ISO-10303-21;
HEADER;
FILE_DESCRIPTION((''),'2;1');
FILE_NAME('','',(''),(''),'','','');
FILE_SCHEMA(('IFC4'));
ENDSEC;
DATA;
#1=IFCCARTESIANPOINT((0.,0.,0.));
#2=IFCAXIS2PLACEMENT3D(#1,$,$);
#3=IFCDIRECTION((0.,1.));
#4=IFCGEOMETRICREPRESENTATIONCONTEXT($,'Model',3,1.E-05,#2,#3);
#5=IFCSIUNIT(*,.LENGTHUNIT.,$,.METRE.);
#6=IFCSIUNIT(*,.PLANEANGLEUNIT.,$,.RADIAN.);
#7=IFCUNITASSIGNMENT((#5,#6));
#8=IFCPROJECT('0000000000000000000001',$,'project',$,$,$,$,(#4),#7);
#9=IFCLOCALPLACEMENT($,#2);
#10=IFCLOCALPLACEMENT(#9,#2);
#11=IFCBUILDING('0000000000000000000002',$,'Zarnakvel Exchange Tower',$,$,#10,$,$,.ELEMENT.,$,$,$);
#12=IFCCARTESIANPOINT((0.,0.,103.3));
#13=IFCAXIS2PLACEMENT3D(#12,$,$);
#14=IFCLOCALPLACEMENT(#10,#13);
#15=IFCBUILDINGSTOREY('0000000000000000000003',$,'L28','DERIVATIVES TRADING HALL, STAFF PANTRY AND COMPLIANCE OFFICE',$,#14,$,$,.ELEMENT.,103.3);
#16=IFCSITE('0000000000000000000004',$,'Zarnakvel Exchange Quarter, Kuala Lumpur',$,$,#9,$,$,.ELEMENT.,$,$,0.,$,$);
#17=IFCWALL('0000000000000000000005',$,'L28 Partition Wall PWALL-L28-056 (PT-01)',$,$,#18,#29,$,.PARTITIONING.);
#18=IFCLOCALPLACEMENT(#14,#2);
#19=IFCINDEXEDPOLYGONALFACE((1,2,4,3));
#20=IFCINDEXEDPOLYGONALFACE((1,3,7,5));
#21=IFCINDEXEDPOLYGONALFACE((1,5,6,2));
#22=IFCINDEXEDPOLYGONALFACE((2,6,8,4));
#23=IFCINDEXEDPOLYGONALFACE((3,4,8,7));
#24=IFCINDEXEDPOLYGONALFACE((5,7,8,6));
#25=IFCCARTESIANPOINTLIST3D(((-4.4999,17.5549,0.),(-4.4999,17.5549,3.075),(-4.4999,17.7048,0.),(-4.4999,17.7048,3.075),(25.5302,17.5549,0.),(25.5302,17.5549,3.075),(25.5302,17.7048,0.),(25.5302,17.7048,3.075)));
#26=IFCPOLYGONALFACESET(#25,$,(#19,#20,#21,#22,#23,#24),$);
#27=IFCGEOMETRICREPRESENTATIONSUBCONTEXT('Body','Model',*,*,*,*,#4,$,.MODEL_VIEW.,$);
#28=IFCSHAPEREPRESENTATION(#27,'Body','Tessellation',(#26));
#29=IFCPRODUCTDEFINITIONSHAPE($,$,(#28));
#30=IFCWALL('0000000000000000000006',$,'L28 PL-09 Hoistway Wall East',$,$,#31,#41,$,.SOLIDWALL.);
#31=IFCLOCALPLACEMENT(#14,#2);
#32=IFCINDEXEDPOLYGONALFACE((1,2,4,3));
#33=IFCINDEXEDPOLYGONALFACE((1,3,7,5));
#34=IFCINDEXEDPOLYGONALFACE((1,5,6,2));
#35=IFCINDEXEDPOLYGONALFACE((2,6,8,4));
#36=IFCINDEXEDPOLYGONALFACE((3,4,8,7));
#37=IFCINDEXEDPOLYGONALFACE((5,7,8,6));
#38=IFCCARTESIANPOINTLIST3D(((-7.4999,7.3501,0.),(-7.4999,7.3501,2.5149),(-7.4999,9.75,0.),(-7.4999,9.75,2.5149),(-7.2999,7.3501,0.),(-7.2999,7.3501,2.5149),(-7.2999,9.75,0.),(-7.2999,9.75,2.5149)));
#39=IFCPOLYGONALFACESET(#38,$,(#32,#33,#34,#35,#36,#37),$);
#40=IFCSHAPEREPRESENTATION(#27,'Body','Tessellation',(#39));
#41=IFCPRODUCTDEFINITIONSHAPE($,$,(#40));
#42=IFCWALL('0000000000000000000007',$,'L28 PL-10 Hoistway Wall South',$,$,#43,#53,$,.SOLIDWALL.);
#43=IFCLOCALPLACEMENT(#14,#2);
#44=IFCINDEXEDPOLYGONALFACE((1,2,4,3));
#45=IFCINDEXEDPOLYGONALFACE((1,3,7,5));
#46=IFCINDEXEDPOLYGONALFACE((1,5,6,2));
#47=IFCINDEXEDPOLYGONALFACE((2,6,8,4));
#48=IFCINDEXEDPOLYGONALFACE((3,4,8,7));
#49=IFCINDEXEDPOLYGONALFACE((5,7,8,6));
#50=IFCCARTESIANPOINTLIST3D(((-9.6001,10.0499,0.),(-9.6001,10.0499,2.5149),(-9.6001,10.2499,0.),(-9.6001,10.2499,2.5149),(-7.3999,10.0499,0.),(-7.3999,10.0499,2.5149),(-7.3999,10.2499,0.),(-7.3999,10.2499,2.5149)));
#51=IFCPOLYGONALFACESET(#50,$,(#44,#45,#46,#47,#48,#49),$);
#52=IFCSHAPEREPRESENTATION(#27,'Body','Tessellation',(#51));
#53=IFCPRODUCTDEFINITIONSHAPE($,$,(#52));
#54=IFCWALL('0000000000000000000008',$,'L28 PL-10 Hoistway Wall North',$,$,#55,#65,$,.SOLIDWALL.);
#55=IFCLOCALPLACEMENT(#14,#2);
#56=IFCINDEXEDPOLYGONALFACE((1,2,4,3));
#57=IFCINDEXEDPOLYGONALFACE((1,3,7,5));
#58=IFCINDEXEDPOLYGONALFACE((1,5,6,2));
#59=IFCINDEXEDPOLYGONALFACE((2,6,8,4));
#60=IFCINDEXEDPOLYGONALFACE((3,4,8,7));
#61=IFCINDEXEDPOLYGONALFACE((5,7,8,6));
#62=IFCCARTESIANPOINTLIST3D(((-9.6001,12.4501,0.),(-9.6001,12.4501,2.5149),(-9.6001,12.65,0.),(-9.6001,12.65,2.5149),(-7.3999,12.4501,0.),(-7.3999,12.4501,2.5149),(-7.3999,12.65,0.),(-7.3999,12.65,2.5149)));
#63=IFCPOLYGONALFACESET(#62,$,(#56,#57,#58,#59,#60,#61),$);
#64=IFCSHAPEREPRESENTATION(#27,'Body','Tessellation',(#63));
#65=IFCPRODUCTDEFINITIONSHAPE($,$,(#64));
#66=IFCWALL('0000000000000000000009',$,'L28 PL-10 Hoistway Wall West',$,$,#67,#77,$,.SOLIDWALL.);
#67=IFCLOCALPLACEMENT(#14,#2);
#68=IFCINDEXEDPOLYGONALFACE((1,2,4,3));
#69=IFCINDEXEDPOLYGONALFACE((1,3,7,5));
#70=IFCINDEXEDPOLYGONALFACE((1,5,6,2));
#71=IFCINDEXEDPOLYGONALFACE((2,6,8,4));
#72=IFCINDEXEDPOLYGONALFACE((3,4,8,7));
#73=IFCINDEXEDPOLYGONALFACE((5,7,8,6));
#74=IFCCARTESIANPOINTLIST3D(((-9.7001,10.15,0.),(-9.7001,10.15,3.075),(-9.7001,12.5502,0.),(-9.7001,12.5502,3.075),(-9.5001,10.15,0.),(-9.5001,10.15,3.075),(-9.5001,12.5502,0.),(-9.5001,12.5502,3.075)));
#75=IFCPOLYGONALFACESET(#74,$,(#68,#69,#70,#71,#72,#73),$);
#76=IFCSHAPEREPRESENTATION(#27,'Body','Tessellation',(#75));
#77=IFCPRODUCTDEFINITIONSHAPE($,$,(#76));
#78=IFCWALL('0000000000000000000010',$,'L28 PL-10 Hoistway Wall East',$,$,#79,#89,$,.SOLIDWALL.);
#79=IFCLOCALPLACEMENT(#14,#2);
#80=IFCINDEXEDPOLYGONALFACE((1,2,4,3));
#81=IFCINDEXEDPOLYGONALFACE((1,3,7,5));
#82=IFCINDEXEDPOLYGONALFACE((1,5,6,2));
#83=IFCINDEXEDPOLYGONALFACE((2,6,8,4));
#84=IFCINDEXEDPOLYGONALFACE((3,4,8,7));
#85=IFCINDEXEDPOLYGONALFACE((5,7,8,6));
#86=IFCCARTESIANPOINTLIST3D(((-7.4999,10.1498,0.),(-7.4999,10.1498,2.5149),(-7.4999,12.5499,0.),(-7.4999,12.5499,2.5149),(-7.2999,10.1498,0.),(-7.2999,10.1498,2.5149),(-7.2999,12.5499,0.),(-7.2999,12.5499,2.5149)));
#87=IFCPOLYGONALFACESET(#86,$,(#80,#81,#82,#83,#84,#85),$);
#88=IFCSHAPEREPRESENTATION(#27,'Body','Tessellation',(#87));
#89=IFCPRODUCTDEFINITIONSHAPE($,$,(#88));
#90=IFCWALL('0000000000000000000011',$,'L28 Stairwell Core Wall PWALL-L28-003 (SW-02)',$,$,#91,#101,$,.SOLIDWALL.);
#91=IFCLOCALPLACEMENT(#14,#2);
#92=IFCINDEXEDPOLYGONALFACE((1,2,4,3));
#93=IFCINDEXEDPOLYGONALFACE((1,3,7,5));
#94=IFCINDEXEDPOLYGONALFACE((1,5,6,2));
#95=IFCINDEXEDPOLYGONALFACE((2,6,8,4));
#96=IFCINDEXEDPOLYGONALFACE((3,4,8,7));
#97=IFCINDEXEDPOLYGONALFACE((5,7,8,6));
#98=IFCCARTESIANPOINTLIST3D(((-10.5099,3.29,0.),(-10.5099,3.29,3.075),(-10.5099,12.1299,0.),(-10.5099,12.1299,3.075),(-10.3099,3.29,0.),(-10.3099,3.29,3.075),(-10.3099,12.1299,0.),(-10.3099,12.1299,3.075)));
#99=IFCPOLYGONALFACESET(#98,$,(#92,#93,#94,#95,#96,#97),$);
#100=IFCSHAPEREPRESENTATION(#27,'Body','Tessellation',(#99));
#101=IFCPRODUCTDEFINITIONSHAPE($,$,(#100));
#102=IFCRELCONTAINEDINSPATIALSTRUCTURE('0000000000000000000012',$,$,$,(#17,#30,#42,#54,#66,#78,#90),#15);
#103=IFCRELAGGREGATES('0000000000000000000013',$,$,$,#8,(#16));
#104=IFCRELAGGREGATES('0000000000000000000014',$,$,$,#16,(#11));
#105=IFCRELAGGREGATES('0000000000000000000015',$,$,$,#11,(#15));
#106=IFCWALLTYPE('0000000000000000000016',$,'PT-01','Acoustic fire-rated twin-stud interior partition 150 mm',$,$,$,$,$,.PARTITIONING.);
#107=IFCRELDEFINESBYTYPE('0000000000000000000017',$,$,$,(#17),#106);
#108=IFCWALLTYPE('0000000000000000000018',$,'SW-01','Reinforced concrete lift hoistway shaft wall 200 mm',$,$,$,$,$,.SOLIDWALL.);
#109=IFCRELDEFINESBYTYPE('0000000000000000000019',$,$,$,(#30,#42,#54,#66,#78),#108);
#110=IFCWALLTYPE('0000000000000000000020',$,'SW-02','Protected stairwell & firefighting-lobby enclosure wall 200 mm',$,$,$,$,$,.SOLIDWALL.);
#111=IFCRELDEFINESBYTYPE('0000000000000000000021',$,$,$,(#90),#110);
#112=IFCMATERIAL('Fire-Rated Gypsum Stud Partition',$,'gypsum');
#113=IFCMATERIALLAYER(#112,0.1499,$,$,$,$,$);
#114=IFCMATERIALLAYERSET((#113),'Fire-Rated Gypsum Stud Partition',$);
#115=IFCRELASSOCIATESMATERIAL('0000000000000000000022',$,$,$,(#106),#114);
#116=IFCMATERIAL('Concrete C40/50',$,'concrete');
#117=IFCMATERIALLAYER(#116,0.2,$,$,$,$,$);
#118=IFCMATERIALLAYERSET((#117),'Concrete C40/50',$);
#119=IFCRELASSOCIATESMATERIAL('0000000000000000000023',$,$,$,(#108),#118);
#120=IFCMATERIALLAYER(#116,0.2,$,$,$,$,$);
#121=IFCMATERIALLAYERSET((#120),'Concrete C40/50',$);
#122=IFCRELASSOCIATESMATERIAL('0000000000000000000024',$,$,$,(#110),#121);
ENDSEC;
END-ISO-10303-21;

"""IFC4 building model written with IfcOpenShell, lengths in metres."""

from ifc_helpers import new_model, si_unit, direction, frame, frame_2d, origin, place, context, subcontext, project, spatial, rectangle, extrude, material, layer, layer_set, type_object, element, save


model = new_model("IFC4")

# Units and contexts
model_context = context("Model", 3, precision=1e-05, world=origin(), true_north=direction((0.0, 1.0)))
body_context = subcontext(model_context, "Body", "Model", "MODEL_VIEW")
ifc_project = project(units=[si_unit("LENGTHUNIT", "METRE"), si_unit("PLANEANGLEUNIT", "RADIAN")], contexts=[model_context])

# Site, building, storey
site_placement = place(None, origin())
site = spatial("IfcSite", under=ifc_project, at=site_placement, Name="Zarnakvel Exchange Quarter, Kuala Lumpur", CompositionType="ELEMENT", RefElevation=0.0)
building_placement = place(site_placement, origin())
building = spatial("IfcBuilding", under=site, at=building_placement, Name="Zarnakvel Exchange Tower", CompositionType="ELEMENT")
storey_placement = place(building_placement, frame((0.0, 0.0, 103.3)))
storey = spatial("IfcBuildingStorey", under=building, at=storey_placement, Name="L28", Description="DERIVATIVES TRADING HALL, STAFF PANTRY AND COMPLIANCE OFFICE", CompositionType="ELEMENT", Elevation=103.3)

# Walls
ifc_material_1 = material(Name="Fire-Rated Gypsum Stud Partition", Category="gypsum")
ifc_layer_1 = layer(ifc_material_1, 0.1499)
ifc_layer_set_1 = layer_set([ifc_layer_1], Name="Fire-Rated Gypsum Stud Partition")
wall_type_1 = type_object("IfcWallType", Name="PT-01", Description="Acoustic fire-rated twin-stud interior partition 150 mm", PredefinedType="PARTITIONING", material=ifc_layer_set_1)
wall_1_placement = place(storey_placement, frame((-4.5, 17.6299, 0.0), z_axis=(0.0, 0.0, 1.0), x_axis=(1.0, 0.0, 0.0)))
element("IfcWall", 1, at=wall_1_placement, inside=storey, type_object=wall_type_1, Name="L28 Partition Wall PWALL-L28-056 (PT-01)", PredefinedType="PARTITIONING", context=body_context, shape_type="SweptSolid", body=[
    extrude(rectangle(XDim=30.03, YDim=0.1499, at=frame_2d((15.0151, 0.0))), origin(), (0.0, 0.0, 1.0), 3.075),
])
ifc_material_2 = material(Name="Concrete C40/50", Category="concrete")
ifc_layer_2 = layer(ifc_material_2, 0.2)
ifc_layer_set_2 = layer_set([ifc_layer_2], Name="Concrete C40/50")
wall_type_2 = type_object("IfcWallType", Name="SW-01", Description="Reinforced concrete lift hoistway shaft wall 200 mm", PredefinedType="SOLIDWALL", material=ifc_layer_set_2)
wall_2_placement = place(storey_placement, frame((-7.3999, 9.75, 0.0), z_axis=(0.0, 0.0, 1.0), x_axis=(0.0, -1.0, 0.0)))
element("IfcWall", 2, at=wall_2_placement, inside=storey, type_object=wall_type_2, Name="L28 PL-09 Hoistway Wall East", PredefinedType="SOLIDWALL", context=body_context, shape_type="SweptSolid", body=[
    extrude(rectangle(XDim=2.3999, YDim=0.2, at=frame_2d((1.2, 0.0))), origin(), (0.0, 0.0, 1.0), 2.5149),
])
for number, where, z_axis, x_axis, name in (
    (3, (-7.3999, 10.1499, 0.0), (0.0, 0.0, 1.0), (-1.0, 0.0, 0.0), "L28 PL-10 Hoistway Wall South"),
    (4, (-9.6001, 12.55, 0.0), (0.0, 0.0, 1.0), (1.0, 0.0, 0.0), "L28 PL-10 Hoistway Wall North"),
):
    element("IfcWall", number, at=place(storey_placement, frame(where, z_axis=z_axis, x_axis=x_axis)), inside=storey, type_object=wall_type_2, Name=name, PredefinedType="SOLIDWALL", context=body_context, shape_type="SweptSolid", body=[
        extrude(rectangle(XDim=2.2002, YDim=0.2, at=frame_2d((1.1001, 0.0))), origin(), (0.0, 0.0, 1.0), 2.5149),
    ])
wall_3_placement = place(storey_placement, frame((-9.6001, 10.1499, 0.0), z_axis=(0.0, 0.0, 1.0), x_axis=(0.0, 1.0, 0.0)))
element("IfcWall", 5, at=wall_3_placement, inside=storey, type_object=wall_type_2, Name="L28 PL-10 Hoistway Wall West", PredefinedType="SOLIDWALL", context=body_context, shape_type="SweptSolid", body=[
    extrude(rectangle(XDim=2.4001, YDim=0.2, at=frame_2d((1.2002, 0.0))), origin(), (0.0, 0.0, 1.0), 3.075),
])
wall_4_placement = place(storey_placement, frame((-7.3999, 12.55, 0.0), z_axis=(0.0, 0.0, 1.0), x_axis=(0.0, -1.0, 0.0)))
element("IfcWall", 6, at=wall_4_placement, inside=storey, type_object=wall_type_2, Name="L28 PL-10 Hoistway Wall East", PredefinedType="SOLIDWALL", context=body_context, shape_type="SweptSolid", body=[
    extrude(rectangle(XDim=2.4001, YDim=0.2, at=frame_2d((1.2002, 0.0))), origin(), (0.0, 0.0, 1.0), 2.5149),
])
ifc_layer_3 = layer(ifc_material_2, 0.2)
ifc_layer_set_3 = layer_set([ifc_layer_3], Name="Concrete C40/50")
wall_type_3 = type_object("IfcWallType", Name="SW-02", Description="Protected stairwell & firefighting-lobby enclosure wall 200 mm", PredefinedType="SOLIDWALL", material=ifc_layer_set_3)
wall_5_placement = place(storey_placement, frame((-10.4099, 12.1299, 0.0), z_axis=(0.0, 0.0, 1.0), x_axis=(0.0, -1.0, 0.0)))
element("IfcWall", 7, at=wall_5_placement, inside=storey, type_object=wall_type_3, Name="L28 Stairwell Core Wall PWALL-L28-003 (SW-02)", PredefinedType="SOLIDWALL", context=body_context, shape_type="SweptSolid", body=[
    extrude(rectangle(XDim=8.8398, YDim=0.2, at=frame_2d((4.4199, 0.0))), origin(), (0.0, 0.0, 1.0), 3.075),
])

save(model, "model.ifc")
